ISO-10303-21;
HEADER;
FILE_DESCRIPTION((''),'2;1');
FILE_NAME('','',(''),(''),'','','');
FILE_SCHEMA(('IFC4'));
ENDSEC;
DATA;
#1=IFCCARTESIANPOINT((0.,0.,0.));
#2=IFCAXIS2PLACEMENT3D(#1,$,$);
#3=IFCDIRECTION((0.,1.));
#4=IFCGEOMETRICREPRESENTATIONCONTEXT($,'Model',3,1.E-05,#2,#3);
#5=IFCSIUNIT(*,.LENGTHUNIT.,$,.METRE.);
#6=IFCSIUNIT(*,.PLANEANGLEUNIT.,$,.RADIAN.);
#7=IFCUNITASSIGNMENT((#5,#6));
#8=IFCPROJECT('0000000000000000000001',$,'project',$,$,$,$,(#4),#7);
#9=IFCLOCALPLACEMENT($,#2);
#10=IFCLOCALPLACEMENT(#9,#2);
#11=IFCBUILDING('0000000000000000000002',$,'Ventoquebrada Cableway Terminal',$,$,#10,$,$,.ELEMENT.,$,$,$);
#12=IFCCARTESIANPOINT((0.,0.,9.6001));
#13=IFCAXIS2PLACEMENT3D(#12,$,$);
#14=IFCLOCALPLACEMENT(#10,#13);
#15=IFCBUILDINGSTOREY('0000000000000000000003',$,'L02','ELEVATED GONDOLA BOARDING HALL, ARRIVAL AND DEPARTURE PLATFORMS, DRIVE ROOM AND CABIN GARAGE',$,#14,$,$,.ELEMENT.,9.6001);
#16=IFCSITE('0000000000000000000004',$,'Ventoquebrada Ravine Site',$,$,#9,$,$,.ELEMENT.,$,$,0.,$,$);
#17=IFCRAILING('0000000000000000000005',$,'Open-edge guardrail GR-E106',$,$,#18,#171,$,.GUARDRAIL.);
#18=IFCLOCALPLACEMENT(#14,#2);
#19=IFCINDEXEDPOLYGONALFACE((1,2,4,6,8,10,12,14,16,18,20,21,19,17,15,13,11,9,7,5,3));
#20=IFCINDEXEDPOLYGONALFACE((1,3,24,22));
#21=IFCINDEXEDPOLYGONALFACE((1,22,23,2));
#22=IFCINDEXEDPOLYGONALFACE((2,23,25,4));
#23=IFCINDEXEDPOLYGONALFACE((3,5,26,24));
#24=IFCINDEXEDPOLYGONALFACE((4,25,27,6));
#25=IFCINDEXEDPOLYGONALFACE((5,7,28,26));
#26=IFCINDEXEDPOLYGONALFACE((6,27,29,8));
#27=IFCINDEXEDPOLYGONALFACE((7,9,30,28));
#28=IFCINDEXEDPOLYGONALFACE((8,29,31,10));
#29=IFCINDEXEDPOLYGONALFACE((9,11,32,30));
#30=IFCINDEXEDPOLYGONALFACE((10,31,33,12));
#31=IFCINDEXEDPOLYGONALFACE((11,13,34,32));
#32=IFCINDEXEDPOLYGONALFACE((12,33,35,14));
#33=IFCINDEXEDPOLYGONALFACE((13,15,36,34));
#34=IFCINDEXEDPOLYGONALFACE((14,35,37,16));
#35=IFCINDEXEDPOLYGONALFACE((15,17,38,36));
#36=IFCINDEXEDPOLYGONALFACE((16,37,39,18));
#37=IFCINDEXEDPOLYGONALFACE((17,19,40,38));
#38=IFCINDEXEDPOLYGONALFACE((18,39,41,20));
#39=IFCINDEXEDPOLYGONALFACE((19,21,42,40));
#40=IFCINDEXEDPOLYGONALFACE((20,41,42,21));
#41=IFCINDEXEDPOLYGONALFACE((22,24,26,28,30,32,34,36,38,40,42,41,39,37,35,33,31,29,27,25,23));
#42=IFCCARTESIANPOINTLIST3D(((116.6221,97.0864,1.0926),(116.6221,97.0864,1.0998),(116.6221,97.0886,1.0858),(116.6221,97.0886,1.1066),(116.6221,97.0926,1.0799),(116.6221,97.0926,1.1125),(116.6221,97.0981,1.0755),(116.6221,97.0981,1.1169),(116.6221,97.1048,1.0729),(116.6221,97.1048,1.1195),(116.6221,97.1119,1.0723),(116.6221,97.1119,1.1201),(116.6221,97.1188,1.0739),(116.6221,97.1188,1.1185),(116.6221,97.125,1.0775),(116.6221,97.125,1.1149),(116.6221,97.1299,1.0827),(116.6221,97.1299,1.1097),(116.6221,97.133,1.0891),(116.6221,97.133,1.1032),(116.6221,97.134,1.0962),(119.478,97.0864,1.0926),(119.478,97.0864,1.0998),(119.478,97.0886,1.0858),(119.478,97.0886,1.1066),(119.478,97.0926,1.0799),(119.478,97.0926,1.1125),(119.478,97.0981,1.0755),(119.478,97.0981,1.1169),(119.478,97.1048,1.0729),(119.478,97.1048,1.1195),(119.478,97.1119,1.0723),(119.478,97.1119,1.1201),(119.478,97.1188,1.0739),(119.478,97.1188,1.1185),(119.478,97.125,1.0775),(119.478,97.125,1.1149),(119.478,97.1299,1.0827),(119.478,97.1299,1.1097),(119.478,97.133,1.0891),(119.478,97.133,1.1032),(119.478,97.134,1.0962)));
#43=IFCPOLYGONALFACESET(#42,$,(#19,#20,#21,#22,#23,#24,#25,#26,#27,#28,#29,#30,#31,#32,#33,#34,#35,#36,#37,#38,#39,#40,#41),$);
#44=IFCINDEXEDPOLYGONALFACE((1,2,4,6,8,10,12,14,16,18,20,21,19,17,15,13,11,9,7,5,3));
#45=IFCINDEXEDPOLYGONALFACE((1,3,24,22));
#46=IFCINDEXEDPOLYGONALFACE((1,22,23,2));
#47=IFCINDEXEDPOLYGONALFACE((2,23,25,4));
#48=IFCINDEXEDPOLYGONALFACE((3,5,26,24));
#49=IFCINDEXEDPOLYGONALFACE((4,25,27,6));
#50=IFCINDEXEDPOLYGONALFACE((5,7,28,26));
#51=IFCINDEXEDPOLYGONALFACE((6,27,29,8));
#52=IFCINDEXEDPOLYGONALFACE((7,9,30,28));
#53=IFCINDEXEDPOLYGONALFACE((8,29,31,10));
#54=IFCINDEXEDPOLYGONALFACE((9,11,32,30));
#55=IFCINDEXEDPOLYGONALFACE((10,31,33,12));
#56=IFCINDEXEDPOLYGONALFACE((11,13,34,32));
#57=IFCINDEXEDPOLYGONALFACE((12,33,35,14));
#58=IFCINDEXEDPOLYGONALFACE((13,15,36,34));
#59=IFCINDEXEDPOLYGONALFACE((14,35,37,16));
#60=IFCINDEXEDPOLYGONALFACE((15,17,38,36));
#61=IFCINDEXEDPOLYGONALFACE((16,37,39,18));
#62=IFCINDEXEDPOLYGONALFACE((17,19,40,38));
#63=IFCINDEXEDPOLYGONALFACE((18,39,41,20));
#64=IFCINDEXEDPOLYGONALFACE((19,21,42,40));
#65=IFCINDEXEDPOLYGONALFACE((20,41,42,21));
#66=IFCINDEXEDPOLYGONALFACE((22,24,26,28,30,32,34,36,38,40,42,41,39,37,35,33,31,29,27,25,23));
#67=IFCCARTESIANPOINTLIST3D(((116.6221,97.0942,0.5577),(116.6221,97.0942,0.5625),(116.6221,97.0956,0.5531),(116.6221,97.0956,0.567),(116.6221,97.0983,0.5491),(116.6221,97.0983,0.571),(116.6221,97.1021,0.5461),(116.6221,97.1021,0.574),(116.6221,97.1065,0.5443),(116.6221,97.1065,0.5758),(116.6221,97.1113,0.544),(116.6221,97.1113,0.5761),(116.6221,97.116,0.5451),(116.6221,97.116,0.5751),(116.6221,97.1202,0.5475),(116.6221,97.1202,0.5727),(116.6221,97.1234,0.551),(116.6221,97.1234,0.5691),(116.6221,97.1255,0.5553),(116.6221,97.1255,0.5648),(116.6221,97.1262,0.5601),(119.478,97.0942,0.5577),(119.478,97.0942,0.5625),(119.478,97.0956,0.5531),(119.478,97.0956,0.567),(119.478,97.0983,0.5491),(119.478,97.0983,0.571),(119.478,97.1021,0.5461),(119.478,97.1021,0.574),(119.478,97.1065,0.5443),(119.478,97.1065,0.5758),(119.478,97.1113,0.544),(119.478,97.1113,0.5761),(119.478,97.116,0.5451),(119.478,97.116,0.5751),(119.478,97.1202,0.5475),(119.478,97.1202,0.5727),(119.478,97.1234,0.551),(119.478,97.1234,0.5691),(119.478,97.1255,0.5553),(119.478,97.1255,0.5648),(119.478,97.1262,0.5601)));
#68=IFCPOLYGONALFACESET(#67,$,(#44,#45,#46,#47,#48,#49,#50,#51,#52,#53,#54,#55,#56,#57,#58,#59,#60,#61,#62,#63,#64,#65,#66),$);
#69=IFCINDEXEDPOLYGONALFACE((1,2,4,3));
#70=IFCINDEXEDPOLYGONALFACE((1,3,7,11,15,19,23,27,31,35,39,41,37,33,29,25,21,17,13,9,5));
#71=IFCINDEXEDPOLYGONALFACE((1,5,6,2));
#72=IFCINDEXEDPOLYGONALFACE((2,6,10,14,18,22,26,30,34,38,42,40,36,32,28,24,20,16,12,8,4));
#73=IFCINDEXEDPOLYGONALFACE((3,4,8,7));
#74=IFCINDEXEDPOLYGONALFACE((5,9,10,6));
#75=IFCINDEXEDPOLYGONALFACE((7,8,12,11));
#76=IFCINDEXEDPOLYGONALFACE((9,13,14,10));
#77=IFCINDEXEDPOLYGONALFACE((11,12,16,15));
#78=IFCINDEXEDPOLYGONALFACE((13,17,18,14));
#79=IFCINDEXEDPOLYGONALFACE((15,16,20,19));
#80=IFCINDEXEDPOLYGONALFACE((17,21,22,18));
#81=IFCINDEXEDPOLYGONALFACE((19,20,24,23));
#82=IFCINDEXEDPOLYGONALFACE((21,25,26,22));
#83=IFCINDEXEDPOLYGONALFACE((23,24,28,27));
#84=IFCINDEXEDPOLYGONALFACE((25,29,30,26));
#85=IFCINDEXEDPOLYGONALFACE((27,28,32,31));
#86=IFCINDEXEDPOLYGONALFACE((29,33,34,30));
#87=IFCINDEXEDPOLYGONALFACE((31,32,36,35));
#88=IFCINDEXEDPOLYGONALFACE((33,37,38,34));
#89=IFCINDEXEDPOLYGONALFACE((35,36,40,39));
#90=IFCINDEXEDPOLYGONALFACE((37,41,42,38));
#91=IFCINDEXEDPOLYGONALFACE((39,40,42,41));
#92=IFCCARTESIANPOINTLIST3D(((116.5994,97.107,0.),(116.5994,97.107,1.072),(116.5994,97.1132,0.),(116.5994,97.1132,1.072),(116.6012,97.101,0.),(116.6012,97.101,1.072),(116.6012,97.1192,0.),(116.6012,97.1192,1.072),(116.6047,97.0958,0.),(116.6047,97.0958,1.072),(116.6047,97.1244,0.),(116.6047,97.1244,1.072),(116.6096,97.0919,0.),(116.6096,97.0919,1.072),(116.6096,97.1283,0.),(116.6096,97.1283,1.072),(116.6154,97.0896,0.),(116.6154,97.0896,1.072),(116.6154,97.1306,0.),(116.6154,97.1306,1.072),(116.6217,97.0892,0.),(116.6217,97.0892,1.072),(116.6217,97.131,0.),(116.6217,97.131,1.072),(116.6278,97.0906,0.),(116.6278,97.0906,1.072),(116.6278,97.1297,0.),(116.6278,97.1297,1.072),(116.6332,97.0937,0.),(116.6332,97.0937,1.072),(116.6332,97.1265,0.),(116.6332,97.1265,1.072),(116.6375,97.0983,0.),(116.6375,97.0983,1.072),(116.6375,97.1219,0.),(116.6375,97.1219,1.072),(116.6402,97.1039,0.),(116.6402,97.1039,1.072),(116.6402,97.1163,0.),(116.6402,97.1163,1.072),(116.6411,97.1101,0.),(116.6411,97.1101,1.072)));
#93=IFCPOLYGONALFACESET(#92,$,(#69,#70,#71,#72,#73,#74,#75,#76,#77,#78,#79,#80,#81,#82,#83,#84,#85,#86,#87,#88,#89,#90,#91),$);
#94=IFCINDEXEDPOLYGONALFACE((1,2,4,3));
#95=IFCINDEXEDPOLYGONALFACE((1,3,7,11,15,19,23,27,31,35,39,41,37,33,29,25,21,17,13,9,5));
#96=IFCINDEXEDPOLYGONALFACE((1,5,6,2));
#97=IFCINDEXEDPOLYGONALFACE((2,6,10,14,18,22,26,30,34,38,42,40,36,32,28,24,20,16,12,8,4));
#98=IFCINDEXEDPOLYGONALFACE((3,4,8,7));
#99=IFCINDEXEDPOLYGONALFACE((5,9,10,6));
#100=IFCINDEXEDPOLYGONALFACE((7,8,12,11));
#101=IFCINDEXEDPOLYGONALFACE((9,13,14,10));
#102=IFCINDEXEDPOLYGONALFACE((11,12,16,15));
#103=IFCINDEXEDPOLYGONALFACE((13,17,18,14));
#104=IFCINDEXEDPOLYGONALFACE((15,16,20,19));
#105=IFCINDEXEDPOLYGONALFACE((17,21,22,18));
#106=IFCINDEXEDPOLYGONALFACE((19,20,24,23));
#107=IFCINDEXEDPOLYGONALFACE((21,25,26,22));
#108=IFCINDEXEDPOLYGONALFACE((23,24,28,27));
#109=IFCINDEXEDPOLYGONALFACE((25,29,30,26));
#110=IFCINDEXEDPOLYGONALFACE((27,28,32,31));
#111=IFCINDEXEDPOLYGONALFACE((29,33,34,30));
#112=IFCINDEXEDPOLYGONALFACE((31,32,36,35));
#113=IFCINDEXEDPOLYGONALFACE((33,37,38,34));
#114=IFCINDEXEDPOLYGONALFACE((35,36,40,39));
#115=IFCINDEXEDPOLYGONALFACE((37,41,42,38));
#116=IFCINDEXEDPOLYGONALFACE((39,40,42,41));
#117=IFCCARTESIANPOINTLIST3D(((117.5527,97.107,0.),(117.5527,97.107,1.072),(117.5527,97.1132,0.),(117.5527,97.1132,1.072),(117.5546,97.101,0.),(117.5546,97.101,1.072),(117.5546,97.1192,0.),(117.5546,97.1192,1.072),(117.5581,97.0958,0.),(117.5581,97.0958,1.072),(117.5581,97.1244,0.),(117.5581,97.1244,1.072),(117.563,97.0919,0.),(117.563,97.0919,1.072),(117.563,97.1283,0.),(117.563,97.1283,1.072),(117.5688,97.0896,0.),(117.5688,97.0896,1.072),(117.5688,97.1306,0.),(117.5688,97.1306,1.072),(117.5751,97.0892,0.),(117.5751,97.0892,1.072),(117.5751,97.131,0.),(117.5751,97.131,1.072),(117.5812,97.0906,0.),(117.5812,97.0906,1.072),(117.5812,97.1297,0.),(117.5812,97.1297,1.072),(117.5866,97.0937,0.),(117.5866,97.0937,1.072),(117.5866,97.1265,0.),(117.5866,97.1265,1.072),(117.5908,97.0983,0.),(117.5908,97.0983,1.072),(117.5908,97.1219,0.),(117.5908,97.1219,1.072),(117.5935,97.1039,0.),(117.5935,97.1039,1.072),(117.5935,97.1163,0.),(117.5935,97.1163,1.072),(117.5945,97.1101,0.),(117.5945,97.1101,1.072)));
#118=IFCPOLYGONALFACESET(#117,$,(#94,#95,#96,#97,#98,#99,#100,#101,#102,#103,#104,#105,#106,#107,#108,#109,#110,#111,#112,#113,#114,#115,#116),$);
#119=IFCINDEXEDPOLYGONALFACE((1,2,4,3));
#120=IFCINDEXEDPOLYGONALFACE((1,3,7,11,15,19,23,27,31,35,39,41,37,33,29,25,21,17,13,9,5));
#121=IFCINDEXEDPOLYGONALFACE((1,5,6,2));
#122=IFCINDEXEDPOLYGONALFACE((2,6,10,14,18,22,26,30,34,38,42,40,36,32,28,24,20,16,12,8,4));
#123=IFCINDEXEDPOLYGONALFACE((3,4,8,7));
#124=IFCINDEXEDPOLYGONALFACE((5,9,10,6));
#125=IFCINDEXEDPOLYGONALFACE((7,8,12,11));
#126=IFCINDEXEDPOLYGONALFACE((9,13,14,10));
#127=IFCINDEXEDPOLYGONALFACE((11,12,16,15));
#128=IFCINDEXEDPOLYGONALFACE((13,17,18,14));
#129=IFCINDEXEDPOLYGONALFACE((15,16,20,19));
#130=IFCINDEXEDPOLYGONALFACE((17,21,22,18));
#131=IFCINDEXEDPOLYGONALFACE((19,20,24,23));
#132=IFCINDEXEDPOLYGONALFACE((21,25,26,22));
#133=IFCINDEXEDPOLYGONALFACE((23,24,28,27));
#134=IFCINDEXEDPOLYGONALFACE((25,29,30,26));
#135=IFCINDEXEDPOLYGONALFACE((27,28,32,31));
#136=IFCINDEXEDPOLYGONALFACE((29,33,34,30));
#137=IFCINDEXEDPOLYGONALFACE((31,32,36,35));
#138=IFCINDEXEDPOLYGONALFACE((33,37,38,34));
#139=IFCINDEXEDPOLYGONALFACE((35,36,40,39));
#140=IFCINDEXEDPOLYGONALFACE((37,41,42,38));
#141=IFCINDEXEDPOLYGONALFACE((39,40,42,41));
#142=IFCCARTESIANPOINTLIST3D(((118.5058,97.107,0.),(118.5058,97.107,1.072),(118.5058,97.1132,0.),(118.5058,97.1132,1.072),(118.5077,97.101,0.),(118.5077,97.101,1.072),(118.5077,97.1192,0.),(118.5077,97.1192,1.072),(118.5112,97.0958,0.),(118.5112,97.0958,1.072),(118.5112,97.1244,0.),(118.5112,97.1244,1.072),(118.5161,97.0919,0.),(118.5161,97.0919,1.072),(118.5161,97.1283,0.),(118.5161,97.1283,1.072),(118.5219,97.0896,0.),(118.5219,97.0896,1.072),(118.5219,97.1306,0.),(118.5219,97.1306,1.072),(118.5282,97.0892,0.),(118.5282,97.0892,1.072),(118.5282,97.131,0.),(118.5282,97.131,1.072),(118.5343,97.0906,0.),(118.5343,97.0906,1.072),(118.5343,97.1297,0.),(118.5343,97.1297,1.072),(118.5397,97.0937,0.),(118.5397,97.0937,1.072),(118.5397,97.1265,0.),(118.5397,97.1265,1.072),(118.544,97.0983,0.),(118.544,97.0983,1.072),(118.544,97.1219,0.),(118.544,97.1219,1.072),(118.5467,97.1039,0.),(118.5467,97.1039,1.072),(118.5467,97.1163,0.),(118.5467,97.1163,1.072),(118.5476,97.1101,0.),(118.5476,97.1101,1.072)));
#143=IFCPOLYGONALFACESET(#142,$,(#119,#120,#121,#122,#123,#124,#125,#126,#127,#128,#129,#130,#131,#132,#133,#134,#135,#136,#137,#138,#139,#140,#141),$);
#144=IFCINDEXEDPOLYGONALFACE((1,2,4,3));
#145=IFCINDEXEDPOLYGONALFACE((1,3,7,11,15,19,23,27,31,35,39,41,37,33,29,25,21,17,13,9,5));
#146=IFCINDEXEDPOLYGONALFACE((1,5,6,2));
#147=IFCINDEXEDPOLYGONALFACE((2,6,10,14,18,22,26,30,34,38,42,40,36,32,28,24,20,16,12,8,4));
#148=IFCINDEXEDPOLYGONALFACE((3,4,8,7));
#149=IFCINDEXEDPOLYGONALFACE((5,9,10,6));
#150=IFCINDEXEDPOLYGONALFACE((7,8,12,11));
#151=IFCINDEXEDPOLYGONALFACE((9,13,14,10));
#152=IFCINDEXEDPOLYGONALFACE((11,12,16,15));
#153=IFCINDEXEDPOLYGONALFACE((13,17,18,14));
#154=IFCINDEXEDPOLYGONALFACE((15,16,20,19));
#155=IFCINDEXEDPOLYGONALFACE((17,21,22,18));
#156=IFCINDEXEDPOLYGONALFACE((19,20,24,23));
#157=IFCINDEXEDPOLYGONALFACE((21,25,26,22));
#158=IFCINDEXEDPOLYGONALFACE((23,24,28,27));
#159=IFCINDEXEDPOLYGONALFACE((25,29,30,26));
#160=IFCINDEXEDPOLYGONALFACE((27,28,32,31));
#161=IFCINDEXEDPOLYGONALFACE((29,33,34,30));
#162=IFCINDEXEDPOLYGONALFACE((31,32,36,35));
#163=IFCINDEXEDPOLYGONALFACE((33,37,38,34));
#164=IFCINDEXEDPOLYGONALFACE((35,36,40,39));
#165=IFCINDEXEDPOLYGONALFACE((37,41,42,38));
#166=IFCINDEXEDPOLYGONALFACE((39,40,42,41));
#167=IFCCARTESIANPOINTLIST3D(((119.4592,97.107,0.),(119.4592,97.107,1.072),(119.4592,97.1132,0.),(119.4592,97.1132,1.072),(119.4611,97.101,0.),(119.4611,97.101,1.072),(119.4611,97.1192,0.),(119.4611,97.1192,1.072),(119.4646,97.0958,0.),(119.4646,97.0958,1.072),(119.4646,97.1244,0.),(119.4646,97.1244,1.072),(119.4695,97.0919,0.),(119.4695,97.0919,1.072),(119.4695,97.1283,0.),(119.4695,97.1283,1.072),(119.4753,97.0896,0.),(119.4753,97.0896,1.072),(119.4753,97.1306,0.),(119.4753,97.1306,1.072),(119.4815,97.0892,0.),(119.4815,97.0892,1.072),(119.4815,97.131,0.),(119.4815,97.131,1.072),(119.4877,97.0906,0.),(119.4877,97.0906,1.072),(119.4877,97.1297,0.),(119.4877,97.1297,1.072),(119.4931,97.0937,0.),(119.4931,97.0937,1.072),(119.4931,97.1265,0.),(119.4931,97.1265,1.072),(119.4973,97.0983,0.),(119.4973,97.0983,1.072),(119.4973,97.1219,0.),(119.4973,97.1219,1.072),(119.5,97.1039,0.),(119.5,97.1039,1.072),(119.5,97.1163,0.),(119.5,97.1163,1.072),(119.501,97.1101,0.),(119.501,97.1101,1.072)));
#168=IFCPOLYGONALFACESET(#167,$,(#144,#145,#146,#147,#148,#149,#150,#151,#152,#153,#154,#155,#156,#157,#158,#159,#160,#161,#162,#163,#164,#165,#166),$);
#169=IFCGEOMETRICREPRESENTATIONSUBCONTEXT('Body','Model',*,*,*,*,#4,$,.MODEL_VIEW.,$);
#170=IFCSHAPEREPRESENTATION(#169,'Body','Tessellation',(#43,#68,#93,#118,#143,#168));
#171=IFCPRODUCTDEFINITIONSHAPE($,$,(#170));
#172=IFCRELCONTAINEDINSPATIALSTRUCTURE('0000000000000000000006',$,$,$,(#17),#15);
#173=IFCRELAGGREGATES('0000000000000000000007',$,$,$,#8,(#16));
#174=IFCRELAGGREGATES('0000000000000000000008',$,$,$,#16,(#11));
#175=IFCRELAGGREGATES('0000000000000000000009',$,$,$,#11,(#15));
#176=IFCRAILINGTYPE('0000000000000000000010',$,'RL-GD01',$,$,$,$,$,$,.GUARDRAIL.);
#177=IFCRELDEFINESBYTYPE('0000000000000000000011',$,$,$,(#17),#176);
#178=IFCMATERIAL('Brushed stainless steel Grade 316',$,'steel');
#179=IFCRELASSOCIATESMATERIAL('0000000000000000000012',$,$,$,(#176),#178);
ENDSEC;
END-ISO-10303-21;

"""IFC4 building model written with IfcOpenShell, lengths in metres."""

from ifc_helpers import new_model, si_unit, direction, frame, origin, origin_2d, place, context, subcontext, project, spatial, circle, extrude, material, type_object, element, save


model = new_model("IFC4")

# Units and contexts
model_context = context("Model", 3, precision=1e-05, world=origin(), true_north=direction((0.0, 1.0)))
body_context = subcontext(model_context, "Body", "Model", "MODEL_VIEW")
ifc_project = project(units=[si_unit("LENGTHUNIT", "METRE"), si_unit("PLANEANGLEUNIT", "RADIAN")], contexts=[model_context])

# Site, building, storey
site_placement = place(None, origin())
site = spatial("IfcSite", under=ifc_project, at=site_placement, Name="Ventoquebrada Ravine Site", CompositionType="ELEMENT", RefElevation=0.0)
building_placement = place(site_placement, origin())
building = spatial("IfcBuilding", under=site, at=building_placement, Name="Ventoquebrada Cableway Terminal", CompositionType="ELEMENT")
storey_placement = place(building_placement, frame((0.0, 0.0, 9.6001)))
storey = spatial("IfcBuildingStorey", under=building, at=storey_placement, Name="L02", Description="ELEVATED GONDOLA BOARDING HALL, ARRIVAL AND DEPARTURE PLATFORMS, DRIVE ROOM AND CABIN GARAGE", CompositionType="ELEMENT", Elevation=9.6001)

# Shared definitions
ifc_material_1 = material(Name="Brushed stainless steel Grade 316", Category="steel")

# Railing
railing_type = type_object("IfcRailingType", Name="RL-GD01", PredefinedType="GUARDRAIL", material=ifc_material_1)
railing_placement = place(storey_placement, frame((116.6201, 97.1101, 0.0)))
element("IfcRailing", 1, at=railing_placement, inside=storey, type_object=railing_type, Name="Open-edge guardrail GR-E106", PredefinedType="GUARDRAIL", context=body_context, shape_type="SweptSolid", body=[
    extrude(circle(Radius=0.0239, at=origin_2d()), frame((0.002, 0.0, 1.0962), z_axis=(1.0, 0.0, 0.0), x_axis=(0.0, 1.0, 0.0)), (0.0, 0.0, 1.0), 2.856),
    extrude(circle(Radius=0.0161, at=origin_2d()), frame((0.002, 0.0, 0.5601), z_axis=(1.0, 0.0, 0.0), x_axis=(0.0, 1.0, 0.0)), (0.0, 0.0, 1.0), 2.856),
    extrude(circle(Radius=0.021, at=origin_2d()), origin(), (0.0, 0.0, 1.0), 1.072),
    extrude(circle(Radius=0.021, at=origin_2d()), frame((0.9534, 0.0, 0.0)), (0.0, 0.0, 1.0), 1.072),
    extrude(circle(Radius=0.021, at=origin_2d()), frame((1.9065, 0.0, 0.0)), (0.0, 0.0, 1.0), 1.072),
    extrude(circle(Radius=0.021, at=origin_2d()), frame((2.8599, 0.0, 0.0)), (0.0, 0.0, 1.0), 1.072),
])

save(model, "model.ifc")
